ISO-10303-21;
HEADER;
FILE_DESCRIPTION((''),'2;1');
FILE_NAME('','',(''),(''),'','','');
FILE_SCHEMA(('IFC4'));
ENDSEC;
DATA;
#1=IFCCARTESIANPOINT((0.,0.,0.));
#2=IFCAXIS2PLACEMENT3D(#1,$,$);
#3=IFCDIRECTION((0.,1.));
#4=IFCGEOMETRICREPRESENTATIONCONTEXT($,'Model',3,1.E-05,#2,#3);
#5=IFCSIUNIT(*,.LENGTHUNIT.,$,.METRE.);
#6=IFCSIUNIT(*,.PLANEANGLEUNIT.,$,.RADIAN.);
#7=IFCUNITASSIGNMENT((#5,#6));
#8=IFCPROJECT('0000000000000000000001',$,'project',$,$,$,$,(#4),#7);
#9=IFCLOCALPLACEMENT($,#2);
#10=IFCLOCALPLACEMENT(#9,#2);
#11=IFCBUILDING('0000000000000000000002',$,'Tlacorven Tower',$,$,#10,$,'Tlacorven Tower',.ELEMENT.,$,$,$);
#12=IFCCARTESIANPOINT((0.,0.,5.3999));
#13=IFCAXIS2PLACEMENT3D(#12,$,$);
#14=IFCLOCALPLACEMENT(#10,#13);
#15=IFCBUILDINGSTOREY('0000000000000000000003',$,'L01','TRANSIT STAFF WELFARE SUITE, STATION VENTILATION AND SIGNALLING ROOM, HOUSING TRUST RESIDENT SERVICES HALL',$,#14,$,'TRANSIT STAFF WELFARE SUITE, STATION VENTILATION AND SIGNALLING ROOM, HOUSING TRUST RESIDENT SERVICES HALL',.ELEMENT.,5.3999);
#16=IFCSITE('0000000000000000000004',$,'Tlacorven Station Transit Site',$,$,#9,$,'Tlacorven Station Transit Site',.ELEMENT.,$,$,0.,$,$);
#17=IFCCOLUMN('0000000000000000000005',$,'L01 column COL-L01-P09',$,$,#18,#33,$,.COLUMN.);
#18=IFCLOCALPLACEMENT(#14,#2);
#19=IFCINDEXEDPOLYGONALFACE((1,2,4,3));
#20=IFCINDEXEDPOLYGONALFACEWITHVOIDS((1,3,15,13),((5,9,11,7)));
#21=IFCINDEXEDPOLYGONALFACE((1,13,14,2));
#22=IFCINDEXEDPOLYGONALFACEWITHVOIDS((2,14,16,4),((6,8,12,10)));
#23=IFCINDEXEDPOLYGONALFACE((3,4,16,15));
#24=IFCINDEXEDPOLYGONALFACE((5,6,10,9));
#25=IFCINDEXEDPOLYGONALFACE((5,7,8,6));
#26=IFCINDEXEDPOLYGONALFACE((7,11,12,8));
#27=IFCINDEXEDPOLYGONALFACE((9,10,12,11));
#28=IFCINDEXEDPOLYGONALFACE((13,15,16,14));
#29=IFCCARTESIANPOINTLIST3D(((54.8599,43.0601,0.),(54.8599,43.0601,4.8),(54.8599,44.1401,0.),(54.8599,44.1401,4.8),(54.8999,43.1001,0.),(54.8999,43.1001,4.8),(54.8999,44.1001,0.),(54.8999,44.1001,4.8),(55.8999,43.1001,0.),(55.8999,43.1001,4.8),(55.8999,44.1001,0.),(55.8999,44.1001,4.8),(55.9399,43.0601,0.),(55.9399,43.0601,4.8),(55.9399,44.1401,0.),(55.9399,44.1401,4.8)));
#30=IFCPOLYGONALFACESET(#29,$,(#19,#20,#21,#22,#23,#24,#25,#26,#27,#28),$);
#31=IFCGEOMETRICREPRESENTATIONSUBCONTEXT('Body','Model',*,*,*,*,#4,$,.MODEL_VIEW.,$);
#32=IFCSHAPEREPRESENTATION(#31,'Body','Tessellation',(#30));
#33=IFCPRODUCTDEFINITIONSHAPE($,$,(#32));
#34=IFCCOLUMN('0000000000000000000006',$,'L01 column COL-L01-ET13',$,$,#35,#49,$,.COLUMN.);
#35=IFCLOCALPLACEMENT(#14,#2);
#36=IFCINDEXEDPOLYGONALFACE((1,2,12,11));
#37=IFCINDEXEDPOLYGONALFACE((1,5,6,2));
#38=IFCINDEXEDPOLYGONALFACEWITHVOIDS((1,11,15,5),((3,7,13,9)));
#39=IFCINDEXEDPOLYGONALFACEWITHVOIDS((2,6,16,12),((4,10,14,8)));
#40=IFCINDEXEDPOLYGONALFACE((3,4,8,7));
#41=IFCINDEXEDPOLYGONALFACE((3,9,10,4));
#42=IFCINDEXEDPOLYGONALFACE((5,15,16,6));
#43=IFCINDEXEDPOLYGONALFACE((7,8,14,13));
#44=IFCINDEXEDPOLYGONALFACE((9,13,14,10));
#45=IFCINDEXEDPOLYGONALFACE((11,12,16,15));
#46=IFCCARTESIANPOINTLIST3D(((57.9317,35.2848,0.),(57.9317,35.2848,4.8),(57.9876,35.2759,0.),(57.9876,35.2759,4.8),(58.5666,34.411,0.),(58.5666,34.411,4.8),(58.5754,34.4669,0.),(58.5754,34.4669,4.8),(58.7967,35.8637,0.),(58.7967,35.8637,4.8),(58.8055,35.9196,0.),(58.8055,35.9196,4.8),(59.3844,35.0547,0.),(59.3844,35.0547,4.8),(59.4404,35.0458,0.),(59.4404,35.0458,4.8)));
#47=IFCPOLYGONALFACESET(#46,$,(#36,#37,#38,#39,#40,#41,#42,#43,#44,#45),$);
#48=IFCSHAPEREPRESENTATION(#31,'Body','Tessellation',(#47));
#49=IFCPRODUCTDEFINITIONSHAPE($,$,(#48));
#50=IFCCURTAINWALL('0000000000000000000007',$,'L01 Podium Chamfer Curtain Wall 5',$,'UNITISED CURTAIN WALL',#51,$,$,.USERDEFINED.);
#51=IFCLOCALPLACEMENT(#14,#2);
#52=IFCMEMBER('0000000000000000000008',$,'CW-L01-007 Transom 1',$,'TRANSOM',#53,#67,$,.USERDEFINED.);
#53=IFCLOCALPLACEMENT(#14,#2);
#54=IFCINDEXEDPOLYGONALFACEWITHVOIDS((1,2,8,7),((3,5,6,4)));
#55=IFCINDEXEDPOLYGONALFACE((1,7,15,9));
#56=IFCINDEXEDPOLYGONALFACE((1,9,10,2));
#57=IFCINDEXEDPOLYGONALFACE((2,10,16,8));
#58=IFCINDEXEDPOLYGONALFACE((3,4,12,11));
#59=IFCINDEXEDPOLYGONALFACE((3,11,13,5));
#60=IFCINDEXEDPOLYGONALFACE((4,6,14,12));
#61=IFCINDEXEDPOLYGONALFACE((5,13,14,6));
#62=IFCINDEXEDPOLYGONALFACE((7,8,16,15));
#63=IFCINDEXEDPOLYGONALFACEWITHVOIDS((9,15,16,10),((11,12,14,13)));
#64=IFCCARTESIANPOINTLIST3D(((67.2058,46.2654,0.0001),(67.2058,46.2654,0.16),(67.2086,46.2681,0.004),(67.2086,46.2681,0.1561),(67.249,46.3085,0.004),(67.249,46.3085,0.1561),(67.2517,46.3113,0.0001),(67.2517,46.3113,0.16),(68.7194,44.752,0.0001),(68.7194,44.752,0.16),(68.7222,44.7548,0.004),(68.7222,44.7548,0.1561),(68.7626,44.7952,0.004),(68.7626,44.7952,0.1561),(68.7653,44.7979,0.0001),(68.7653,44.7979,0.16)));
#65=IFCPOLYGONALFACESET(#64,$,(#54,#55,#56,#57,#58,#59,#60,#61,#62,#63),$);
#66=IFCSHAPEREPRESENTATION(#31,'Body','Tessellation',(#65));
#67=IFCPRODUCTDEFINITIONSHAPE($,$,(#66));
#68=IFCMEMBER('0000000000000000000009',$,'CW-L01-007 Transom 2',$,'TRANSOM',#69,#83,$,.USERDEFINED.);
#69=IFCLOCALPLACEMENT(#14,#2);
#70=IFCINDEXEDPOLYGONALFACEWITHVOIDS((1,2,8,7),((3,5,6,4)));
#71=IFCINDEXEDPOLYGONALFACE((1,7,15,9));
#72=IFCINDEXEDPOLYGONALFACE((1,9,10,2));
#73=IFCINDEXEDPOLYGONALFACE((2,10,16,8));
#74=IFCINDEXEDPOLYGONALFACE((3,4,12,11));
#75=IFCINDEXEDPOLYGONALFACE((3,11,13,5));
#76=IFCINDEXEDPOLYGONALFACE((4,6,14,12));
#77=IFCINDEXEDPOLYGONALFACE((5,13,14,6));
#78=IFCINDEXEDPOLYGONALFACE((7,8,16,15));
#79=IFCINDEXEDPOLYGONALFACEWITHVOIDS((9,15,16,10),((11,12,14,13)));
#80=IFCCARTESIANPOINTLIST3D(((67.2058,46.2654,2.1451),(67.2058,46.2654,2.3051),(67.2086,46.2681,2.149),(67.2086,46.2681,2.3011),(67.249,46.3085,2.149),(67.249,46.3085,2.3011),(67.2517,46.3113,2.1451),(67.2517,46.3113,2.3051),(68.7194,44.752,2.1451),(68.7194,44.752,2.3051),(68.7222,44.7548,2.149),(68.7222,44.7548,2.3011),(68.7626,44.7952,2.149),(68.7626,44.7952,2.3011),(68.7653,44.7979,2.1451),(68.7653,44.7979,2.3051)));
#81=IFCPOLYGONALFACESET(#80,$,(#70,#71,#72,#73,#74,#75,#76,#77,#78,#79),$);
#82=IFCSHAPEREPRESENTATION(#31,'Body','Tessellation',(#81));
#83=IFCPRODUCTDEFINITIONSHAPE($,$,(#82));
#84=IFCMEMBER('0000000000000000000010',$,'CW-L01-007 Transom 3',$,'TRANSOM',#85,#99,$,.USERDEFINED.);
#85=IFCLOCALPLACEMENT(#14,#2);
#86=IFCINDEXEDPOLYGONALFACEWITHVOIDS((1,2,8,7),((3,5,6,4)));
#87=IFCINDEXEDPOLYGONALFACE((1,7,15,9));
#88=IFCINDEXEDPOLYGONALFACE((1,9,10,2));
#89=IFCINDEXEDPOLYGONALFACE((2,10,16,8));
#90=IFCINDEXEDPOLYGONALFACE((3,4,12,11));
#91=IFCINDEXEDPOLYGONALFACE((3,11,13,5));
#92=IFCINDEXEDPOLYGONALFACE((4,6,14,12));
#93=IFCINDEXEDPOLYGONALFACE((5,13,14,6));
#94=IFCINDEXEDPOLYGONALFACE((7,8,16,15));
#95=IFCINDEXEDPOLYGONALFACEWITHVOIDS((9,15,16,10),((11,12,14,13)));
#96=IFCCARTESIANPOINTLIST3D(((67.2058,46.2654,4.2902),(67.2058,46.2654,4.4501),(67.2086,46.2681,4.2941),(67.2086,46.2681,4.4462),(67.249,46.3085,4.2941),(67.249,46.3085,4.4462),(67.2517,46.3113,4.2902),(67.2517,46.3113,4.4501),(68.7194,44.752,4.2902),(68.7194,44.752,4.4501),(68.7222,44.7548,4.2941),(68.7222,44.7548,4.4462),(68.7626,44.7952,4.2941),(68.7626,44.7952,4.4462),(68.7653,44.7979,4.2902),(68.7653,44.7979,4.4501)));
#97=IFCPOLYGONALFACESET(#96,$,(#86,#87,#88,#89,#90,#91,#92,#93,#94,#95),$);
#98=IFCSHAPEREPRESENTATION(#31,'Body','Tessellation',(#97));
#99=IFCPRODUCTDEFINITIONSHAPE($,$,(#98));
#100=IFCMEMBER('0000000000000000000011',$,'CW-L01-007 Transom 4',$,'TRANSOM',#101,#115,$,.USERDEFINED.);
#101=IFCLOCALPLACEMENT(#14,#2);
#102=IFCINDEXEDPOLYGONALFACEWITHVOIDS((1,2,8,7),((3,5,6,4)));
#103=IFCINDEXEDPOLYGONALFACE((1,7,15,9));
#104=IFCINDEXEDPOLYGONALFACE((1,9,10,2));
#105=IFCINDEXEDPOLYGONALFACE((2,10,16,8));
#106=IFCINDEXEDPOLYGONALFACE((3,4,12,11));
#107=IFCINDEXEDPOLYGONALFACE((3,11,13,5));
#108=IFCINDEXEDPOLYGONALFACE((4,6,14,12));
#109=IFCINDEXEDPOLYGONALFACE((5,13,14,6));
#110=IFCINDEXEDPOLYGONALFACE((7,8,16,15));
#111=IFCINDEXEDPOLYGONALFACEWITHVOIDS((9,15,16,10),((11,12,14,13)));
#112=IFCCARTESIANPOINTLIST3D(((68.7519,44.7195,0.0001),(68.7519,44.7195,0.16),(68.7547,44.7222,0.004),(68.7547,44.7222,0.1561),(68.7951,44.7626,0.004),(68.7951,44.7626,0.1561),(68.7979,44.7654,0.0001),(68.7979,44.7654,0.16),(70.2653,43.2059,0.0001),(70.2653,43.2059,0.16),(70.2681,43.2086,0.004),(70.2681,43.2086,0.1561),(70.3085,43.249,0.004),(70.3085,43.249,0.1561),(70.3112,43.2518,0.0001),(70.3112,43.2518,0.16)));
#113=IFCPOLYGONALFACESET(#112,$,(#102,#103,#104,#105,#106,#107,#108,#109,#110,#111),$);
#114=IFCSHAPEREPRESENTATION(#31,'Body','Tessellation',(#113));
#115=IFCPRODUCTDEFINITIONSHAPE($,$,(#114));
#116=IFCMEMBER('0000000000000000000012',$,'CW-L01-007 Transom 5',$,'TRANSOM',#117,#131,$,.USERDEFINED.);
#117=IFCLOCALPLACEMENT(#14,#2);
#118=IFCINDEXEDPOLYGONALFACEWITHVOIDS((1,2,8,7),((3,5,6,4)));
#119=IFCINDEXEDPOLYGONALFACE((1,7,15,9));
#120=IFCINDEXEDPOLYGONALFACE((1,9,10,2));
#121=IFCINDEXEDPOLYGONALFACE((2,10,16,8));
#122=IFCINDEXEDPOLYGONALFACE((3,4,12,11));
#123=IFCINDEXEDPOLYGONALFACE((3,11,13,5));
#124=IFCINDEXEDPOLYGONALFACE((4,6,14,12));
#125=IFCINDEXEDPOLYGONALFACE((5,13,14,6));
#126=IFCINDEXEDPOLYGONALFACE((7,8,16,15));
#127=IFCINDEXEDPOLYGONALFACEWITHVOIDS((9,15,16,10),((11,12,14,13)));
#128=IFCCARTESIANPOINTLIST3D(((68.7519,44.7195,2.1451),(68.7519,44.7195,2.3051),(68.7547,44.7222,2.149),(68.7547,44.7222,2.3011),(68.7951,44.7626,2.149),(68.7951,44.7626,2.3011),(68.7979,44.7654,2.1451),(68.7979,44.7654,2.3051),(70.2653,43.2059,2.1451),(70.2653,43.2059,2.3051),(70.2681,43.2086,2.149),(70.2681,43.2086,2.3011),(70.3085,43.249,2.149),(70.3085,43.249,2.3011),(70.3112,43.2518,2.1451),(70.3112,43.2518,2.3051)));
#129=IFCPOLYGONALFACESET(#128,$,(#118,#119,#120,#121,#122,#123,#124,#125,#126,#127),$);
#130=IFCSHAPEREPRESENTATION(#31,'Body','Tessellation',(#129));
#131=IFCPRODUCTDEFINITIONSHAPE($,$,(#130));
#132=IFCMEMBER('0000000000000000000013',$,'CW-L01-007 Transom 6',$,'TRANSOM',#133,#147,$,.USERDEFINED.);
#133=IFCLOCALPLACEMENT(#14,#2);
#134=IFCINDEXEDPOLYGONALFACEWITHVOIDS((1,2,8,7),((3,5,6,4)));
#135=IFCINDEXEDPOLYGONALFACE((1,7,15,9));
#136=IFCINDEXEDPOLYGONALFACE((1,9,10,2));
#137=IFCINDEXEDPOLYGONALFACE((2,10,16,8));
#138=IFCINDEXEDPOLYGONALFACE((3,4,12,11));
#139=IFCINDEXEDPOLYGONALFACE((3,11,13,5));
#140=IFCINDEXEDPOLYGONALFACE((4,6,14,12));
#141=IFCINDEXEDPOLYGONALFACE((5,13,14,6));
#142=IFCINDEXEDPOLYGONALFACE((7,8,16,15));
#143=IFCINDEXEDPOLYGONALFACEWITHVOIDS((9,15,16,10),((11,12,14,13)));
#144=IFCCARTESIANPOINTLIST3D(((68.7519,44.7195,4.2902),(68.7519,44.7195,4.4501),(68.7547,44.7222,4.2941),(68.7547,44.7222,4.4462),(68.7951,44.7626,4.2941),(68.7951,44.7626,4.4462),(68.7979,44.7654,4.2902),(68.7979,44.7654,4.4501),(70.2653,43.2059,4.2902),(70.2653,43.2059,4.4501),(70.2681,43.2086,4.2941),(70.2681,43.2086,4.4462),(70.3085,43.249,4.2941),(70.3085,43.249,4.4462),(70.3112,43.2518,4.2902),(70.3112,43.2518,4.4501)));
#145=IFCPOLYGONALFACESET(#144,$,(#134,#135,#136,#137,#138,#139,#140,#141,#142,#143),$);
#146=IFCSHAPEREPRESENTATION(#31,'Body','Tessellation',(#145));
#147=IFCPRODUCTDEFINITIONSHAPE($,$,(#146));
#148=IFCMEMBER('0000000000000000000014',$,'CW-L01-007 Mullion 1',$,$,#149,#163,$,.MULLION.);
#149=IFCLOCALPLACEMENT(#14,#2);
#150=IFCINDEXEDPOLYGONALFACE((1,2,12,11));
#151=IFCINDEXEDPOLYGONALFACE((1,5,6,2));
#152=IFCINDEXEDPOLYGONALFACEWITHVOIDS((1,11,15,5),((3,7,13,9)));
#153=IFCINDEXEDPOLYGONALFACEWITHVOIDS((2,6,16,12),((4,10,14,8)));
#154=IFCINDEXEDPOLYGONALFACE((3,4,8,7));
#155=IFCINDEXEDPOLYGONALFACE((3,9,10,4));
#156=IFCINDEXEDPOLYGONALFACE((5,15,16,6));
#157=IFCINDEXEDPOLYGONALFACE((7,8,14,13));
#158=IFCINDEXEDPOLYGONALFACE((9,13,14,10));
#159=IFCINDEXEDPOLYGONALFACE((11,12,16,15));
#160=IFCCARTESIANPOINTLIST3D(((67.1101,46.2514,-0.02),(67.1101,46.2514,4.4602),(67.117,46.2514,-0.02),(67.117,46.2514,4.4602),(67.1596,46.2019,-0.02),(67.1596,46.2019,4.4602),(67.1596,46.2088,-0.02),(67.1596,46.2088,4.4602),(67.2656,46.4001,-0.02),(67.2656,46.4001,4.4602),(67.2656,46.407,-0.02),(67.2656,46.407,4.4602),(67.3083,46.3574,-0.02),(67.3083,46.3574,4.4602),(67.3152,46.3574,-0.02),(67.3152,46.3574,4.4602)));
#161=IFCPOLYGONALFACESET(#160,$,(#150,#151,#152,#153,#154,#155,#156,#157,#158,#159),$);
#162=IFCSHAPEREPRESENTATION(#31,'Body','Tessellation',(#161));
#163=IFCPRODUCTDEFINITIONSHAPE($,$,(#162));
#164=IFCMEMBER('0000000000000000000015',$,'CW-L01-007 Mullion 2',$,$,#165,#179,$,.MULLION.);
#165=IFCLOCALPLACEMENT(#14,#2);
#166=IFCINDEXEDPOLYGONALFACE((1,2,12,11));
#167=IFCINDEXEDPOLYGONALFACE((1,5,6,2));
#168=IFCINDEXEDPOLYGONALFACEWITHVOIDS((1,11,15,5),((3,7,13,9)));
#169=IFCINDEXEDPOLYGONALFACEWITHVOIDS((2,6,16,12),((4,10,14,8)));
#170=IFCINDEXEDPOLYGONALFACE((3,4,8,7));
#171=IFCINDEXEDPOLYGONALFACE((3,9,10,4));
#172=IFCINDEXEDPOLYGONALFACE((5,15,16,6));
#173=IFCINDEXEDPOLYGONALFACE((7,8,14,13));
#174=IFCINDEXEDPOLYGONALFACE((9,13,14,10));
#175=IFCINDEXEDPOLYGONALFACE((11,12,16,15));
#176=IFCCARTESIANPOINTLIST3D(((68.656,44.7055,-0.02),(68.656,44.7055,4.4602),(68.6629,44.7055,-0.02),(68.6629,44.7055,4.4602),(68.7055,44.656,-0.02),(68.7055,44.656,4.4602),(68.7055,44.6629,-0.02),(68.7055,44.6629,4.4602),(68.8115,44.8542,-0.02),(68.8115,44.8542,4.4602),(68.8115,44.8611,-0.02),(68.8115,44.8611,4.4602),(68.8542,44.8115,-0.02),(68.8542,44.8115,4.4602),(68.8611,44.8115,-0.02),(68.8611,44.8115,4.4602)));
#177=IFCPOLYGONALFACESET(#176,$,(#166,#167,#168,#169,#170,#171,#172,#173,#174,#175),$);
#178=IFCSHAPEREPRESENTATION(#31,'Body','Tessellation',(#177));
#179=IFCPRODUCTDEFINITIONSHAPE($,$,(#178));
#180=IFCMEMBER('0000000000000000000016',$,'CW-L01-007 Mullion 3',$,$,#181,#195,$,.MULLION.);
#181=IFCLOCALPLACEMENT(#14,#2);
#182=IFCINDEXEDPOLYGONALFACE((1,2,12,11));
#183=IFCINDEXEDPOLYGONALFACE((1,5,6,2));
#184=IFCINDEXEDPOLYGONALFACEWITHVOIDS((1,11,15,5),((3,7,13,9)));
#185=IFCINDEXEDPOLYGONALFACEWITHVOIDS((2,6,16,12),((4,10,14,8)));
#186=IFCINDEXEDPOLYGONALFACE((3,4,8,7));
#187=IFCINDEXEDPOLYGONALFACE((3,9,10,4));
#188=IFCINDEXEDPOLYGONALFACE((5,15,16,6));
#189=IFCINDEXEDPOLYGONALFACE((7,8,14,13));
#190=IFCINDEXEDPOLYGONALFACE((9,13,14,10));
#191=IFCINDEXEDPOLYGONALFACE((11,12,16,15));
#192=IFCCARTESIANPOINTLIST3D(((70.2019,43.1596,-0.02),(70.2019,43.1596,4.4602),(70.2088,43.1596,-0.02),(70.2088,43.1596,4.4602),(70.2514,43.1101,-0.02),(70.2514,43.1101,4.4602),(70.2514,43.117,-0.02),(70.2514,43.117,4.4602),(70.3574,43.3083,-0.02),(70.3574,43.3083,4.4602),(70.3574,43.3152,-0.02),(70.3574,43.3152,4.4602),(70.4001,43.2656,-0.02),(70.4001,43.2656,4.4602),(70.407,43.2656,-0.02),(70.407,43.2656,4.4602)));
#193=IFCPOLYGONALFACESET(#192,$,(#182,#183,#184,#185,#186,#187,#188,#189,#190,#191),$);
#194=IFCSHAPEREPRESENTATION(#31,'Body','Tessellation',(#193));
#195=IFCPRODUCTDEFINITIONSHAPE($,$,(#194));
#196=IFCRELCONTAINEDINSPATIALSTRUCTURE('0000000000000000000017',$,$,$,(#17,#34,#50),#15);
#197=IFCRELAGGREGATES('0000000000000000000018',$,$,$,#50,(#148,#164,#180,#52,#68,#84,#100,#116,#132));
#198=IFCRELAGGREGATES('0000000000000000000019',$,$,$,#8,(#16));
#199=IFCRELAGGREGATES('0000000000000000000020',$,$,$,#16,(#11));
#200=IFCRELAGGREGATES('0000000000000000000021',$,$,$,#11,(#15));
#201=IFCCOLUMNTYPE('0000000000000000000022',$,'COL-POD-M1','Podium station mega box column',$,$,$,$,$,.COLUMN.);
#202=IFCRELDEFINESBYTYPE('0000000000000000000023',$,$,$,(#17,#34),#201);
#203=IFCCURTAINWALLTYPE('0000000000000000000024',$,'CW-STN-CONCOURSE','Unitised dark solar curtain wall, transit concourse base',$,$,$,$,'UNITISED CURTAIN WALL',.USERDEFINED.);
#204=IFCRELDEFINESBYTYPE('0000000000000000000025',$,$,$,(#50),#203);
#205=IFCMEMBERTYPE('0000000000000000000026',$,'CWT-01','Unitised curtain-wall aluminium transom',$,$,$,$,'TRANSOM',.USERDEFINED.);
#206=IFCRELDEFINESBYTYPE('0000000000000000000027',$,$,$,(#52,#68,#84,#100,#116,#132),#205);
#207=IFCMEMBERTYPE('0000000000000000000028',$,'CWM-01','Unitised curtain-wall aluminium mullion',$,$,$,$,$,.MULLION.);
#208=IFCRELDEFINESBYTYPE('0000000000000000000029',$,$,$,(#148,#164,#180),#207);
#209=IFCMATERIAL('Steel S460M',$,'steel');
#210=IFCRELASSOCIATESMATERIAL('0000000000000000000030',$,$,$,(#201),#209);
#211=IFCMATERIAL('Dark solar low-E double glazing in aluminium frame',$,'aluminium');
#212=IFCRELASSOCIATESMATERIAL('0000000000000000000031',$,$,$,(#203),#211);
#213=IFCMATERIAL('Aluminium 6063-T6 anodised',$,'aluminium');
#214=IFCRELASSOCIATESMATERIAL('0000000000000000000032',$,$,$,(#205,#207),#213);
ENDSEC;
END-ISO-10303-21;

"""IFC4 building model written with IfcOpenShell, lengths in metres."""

from ifc_helpers import new_model, si_unit, direction, frame, origin, origin_2d, place, context, subcontext, project, spatial, hollow_rectangle, extrude, source, transform, mapped, material, material_profile, profile_set, type_object, element, aggregate, save


model = new_model("IFC4")

# Units and contexts
model_context = context("Model", 3, precision=1e-05, world=origin(), true_north=direction((0.0, 1.0)))
body_context = subcontext(model_context, "Body", "Model", "MODEL_VIEW")
ifc_project = project(units=[si_unit("LENGTHUNIT", "METRE"), si_unit("PLANEANGLEUNIT", "RADIAN")], contexts=[model_context])

# Site, building, storey
site_placement = place(None, origin())
site = spatial("IfcSite", under=ifc_project, at=site_placement, Name="Tlacorven Station Transit Site", LongName="Tlacorven Station Transit Site", CompositionType="ELEMENT", RefElevation=0.0)
building_placement = place(site_placement, origin())
building = spatial("IfcBuilding", under=site, at=building_placement, Name="Tlacorven Tower", LongName="Tlacorven Tower", CompositionType="ELEMENT")
storey_placement = place(building_placement, frame((0.0, 0.0, 5.3999)))
storey = spatial("IfcBuildingStorey", under=building, at=storey_placement, Name="L01", Description="TRANSIT STAFF WELFARE SUITE, STATION VENTILATION AND SIGNALLING ROOM, HOUSING TRUST RESIDENT SERVICES HALL", LongName="TRANSIT STAFF WELFARE SUITE, STATION VENTILATION AND SIGNALLING ROOM, HOUSING TRUST RESIDENT SERVICES HALL", CompositionType="ELEMENT", Elevation=5.3999)

# Columns
ifc_material_1 = material(Name="Steel S460M", Category="steel")
ifc_material_profile_1 = material_profile(ifc_material_1, hollow_rectangle(XDim=1.0801, YDim=1.0801, WallThickness=0.04, at=origin_2d()), Name="BOX 1080X1080X40")
ifc_profile_set_1 = profile_set([ifc_material_profile_1], Name="Steel S460M")
column_type = type_object("IfcColumnType", Name="COL-POD-M1", Description="Podium station mega box column", PredefinedType="COLUMN", material=ifc_profile_set_1)
shared_shape_1 = source(origin(), body_context, "Body", "SweptSolid", [
    extrude(hollow_rectangle(XDim=1.0801, YDim=1.0801, WallThickness=0.04, at=origin_2d()), origin(), (0.0, 0.0, 1.0), 4.8),
])
for number, where, z_axis, x_axis, name in (
    (1, (55.3999, 43.6001, 0.0), (0.0, 0.0, 1.0), (1.0, 0.0, 0.0), "L01 column COL-L01-P09"),
    (2, (58.686, 35.1653, 0.0), (0.0, 0.0, 1.0), (0.809017, 0.587785, 0.0), "L01 column COL-L01-ET13"),
):
    element("IfcColumn", number, at=place(storey_placement, frame(where, z_axis=z_axis, x_axis=x_axis)), inside=storey, type_object=column_type, Name=name, PredefinedType="COLUMN", context=body_context, shape_type="MappedRepresentation", body=[
        mapped(shared_shape_1, transform((0.0, 0.0, 0.0), scale=1.0)),
    ])

# Curtain wall, members
ifc_material_2 = material(Name="Dark solar low-E double glazing in aluminium frame", Category="aluminium")
curtain_wall_type = type_object("IfcCurtainWallType", Name="CW-STN-CONCOURSE", Description="Unitised dark solar curtain wall, transit concourse base", ElementType="UNITISED CURTAIN WALL", PredefinedType="USERDEFINED", material=ifc_material_2)
curtain_wall_placement = place(storey_placement, origin())
curtain_wall = element("IfcCurtainWall", 3, at=curtain_wall_placement, inside=storey, type_object=curtain_wall_type, Name="L01 Podium Chamfer Curtain Wall 5", ObjectType="UNITISED CURTAIN WALL", PredefinedType="USERDEFINED")
ifc_material_3 = material(Name="Aluminium 6063-T6 anodised", Category="aluminium")
ifc_material_profile_2 = material_profile(ifc_material_3, hollow_rectangle(XDim=0.0649, YDim=0.1599, WallThickness=0.0039, at=origin_2d()), Name="ALU TRANSOM 65X160")
ifc_profile_set_2 = profile_set([ifc_material_profile_2], Name="Aluminium 6063-T6 anodised")
member_type_1 = type_object("IfcMemberType", Name="CWT-01", Description="Unitised curtain-wall aluminium transom", ElementType="TRANSOM", PredefinedType="USERDEFINED", material=ifc_profile_set_2)
shared_shape_2 = source(origin(), body_context, "Body", "SweptSolid", [
    extrude(hollow_rectangle(XDim=0.0649, YDim=0.1599, WallThickness=0.0039, at=origin_2d()), origin(), (0.0, 0.0, 1.0), 2.1404),
])
member_1_placement = place(storey_placement, frame((67.2288, 46.2883, 0.0801), z_axis=(0.707164, -0.70705, 0.0), x_axis=(0.70705, 0.707164, 0.0)))
member_1 = element("IfcMember", 4, at=member_1_placement, type_object=member_type_1, Name="CW-L01-007 Transom 1", ObjectType="TRANSOM", PredefinedType="USERDEFINED", context=body_context, shape_type="MappedRepresentation", body=[
    mapped(shared_shape_2, transform((0.0, 0.0, 0.0), scale=1.0)),
])
member_2_placement = place(storey_placement, frame((67.2288, 46.2883, 2.2251), z_axis=(0.707164, -0.70705, 0.0), x_axis=(0.70705, 0.707164, 0.0)))
member_2 = element("IfcMember", 5, at=member_2_placement, type_object=member_type_1, Name="CW-L01-007 Transom 2", ObjectType="TRANSOM", PredefinedType="USERDEFINED", context=body_context, shape_type="MappedRepresentation", body=[
    mapped(shared_shape_2, transform((0.0, 0.0, 0.0), scale=1.0)),
])
member_3_placement = place(storey_placement, frame((67.2288, 46.2883, 4.3701), z_axis=(0.707164, -0.70705, 0.0), x_axis=(0.70705, 0.707164, 0.0)))
member_3 = element("IfcMember", 6, at=member_3_placement, type_object=member_type_1, Name="CW-L01-007 Transom 3", ObjectType="TRANSOM", PredefinedType="USERDEFINED", context=body_context, shape_type="MappedRepresentation", body=[
    mapped(shared_shape_2, transform((0.0, 0.0, 0.0), scale=1.0)),
])
member_4_placement = place(storey_placement, frame((68.7749, 44.7424, 0.0801), z_axis=(0.70705, -0.707164, 0.0), x_axis=(0.707164, 0.70705, 0.0)))
member_4 = element("IfcMember", 7, at=member_4_placement, type_object=member_type_1, Name="CW-L01-007 Transom 4", ObjectType="TRANSOM", PredefinedType="USERDEFINED", context=body_context, shape_type="MappedRepresentation", body=[
    mapped(shared_shape_2, transform((0.0, 0.0, 0.0), scale=1.0)),
])
member_5_placement = place(storey_placement, frame((68.7749, 44.7424, 2.2251), z_axis=(0.70705, -0.707164, 0.0), x_axis=(0.707164, 0.70705, 0.0)))
member_5 = element("IfcMember", 8, at=member_5_placement, type_object=member_type_1, Name="CW-L01-007 Transom 5", ObjectType="TRANSOM", PredefinedType="USERDEFINED", context=body_context, shape_type="MappedRepresentation", body=[
    mapped(shared_shape_2, transform((0.0, 0.0, 0.0), scale=1.0)),
])
member_6_placement = place(storey_placement, frame((68.7749, 44.7424, 4.3701), z_axis=(0.70705, -0.707164, 0.0), x_axis=(0.707164, 0.70705, 0.0)))
member_6 = element("IfcMember", 9, at=member_6_placement, type_object=member_type_1, Name="CW-L01-007 Transom 6", ObjectType="TRANSOM", PredefinedType="USERDEFINED", context=body_context, shape_type="MappedRepresentation", body=[
    mapped(shared_shape_2, transform((0.0, 0.0, 0.0), scale=1.0)),
])
ifc_material_profile_3 = material_profile(ifc_material_3, hollow_rectangle(XDim=0.0701, YDim=0.22, WallThickness=0.0049, at=origin_2d()), Name="ALU MULLION 70X220")
ifc_profile_set_3 = profile_set([ifc_material_profile_3], Name="Aluminium 6063-T6 anodised")
member_type_2 = type_object("IfcMemberType", Name="CWM-01", Description="Unitised curtain-wall aluminium mullion", PredefinedType="MULLION", material=ifc_profile_set_3)
shared_shape_3 = source(origin(), body_context, "Body", "SweptSolid", [
    extrude(hollow_rectangle(XDim=0.0701, YDim=0.22, WallThickness=0.0049, at=origin_2d()), origin(), (0.0, 0.0, 1.0), 4.4802),
])
member_7_placement = place(storey_placement, frame((67.2126, 46.3044, -0.02), z_axis=(0.0, 0.0, 1.0), x_axis=(0.707107, -0.707107, 0.0)))
member_7 = element("IfcMember", 10, at=member_7_placement, type_object=member_type_2, Name="CW-L01-007 Mullion 1", PredefinedType="MULLION", context=body_context, shape_type="MappedRepresentation", body=[
    mapped(shared_shape_3, transform((0.0, 0.0, 0.0), scale=1.0)),
])
member_8_placement = place(storey_placement, frame((68.7585, 44.7585, -0.02), z_axis=(0.0, 0.0, 1.0), x_axis=(0.707107, -0.707107, 0.0)))
member_8 = element("IfcMember", 11, at=member_8_placement, type_object=member_type_2, Name="CW-L01-007 Mullion 2", PredefinedType="MULLION", context=body_context, shape_type="MappedRepresentation", body=[
    mapped(shared_shape_3, transform((0.0, 0.0, 0.0), scale=1.0)),
])
member_9_placement = place(storey_placement, frame((70.3044, 43.2126, -0.02), z_axis=(0.0, 0.0, 1.0), x_axis=(0.707107, -0.707107, 0.0)))
member_9 = element("IfcMember", 12, at=member_9_placement, type_object=member_type_2, Name="CW-L01-007 Mullion 3", PredefinedType="MULLION", context=body_context, shape_type="MappedRepresentation", body=[
    mapped(shared_shape_3, transform((0.0, 0.0, 0.0), scale=1.0)),
])
aggregate(curtain_wall, [member_7, member_8, member_9, member_1, member_2, member_3, member_4, member_5, member_6])

save(model, "model.ifc")
